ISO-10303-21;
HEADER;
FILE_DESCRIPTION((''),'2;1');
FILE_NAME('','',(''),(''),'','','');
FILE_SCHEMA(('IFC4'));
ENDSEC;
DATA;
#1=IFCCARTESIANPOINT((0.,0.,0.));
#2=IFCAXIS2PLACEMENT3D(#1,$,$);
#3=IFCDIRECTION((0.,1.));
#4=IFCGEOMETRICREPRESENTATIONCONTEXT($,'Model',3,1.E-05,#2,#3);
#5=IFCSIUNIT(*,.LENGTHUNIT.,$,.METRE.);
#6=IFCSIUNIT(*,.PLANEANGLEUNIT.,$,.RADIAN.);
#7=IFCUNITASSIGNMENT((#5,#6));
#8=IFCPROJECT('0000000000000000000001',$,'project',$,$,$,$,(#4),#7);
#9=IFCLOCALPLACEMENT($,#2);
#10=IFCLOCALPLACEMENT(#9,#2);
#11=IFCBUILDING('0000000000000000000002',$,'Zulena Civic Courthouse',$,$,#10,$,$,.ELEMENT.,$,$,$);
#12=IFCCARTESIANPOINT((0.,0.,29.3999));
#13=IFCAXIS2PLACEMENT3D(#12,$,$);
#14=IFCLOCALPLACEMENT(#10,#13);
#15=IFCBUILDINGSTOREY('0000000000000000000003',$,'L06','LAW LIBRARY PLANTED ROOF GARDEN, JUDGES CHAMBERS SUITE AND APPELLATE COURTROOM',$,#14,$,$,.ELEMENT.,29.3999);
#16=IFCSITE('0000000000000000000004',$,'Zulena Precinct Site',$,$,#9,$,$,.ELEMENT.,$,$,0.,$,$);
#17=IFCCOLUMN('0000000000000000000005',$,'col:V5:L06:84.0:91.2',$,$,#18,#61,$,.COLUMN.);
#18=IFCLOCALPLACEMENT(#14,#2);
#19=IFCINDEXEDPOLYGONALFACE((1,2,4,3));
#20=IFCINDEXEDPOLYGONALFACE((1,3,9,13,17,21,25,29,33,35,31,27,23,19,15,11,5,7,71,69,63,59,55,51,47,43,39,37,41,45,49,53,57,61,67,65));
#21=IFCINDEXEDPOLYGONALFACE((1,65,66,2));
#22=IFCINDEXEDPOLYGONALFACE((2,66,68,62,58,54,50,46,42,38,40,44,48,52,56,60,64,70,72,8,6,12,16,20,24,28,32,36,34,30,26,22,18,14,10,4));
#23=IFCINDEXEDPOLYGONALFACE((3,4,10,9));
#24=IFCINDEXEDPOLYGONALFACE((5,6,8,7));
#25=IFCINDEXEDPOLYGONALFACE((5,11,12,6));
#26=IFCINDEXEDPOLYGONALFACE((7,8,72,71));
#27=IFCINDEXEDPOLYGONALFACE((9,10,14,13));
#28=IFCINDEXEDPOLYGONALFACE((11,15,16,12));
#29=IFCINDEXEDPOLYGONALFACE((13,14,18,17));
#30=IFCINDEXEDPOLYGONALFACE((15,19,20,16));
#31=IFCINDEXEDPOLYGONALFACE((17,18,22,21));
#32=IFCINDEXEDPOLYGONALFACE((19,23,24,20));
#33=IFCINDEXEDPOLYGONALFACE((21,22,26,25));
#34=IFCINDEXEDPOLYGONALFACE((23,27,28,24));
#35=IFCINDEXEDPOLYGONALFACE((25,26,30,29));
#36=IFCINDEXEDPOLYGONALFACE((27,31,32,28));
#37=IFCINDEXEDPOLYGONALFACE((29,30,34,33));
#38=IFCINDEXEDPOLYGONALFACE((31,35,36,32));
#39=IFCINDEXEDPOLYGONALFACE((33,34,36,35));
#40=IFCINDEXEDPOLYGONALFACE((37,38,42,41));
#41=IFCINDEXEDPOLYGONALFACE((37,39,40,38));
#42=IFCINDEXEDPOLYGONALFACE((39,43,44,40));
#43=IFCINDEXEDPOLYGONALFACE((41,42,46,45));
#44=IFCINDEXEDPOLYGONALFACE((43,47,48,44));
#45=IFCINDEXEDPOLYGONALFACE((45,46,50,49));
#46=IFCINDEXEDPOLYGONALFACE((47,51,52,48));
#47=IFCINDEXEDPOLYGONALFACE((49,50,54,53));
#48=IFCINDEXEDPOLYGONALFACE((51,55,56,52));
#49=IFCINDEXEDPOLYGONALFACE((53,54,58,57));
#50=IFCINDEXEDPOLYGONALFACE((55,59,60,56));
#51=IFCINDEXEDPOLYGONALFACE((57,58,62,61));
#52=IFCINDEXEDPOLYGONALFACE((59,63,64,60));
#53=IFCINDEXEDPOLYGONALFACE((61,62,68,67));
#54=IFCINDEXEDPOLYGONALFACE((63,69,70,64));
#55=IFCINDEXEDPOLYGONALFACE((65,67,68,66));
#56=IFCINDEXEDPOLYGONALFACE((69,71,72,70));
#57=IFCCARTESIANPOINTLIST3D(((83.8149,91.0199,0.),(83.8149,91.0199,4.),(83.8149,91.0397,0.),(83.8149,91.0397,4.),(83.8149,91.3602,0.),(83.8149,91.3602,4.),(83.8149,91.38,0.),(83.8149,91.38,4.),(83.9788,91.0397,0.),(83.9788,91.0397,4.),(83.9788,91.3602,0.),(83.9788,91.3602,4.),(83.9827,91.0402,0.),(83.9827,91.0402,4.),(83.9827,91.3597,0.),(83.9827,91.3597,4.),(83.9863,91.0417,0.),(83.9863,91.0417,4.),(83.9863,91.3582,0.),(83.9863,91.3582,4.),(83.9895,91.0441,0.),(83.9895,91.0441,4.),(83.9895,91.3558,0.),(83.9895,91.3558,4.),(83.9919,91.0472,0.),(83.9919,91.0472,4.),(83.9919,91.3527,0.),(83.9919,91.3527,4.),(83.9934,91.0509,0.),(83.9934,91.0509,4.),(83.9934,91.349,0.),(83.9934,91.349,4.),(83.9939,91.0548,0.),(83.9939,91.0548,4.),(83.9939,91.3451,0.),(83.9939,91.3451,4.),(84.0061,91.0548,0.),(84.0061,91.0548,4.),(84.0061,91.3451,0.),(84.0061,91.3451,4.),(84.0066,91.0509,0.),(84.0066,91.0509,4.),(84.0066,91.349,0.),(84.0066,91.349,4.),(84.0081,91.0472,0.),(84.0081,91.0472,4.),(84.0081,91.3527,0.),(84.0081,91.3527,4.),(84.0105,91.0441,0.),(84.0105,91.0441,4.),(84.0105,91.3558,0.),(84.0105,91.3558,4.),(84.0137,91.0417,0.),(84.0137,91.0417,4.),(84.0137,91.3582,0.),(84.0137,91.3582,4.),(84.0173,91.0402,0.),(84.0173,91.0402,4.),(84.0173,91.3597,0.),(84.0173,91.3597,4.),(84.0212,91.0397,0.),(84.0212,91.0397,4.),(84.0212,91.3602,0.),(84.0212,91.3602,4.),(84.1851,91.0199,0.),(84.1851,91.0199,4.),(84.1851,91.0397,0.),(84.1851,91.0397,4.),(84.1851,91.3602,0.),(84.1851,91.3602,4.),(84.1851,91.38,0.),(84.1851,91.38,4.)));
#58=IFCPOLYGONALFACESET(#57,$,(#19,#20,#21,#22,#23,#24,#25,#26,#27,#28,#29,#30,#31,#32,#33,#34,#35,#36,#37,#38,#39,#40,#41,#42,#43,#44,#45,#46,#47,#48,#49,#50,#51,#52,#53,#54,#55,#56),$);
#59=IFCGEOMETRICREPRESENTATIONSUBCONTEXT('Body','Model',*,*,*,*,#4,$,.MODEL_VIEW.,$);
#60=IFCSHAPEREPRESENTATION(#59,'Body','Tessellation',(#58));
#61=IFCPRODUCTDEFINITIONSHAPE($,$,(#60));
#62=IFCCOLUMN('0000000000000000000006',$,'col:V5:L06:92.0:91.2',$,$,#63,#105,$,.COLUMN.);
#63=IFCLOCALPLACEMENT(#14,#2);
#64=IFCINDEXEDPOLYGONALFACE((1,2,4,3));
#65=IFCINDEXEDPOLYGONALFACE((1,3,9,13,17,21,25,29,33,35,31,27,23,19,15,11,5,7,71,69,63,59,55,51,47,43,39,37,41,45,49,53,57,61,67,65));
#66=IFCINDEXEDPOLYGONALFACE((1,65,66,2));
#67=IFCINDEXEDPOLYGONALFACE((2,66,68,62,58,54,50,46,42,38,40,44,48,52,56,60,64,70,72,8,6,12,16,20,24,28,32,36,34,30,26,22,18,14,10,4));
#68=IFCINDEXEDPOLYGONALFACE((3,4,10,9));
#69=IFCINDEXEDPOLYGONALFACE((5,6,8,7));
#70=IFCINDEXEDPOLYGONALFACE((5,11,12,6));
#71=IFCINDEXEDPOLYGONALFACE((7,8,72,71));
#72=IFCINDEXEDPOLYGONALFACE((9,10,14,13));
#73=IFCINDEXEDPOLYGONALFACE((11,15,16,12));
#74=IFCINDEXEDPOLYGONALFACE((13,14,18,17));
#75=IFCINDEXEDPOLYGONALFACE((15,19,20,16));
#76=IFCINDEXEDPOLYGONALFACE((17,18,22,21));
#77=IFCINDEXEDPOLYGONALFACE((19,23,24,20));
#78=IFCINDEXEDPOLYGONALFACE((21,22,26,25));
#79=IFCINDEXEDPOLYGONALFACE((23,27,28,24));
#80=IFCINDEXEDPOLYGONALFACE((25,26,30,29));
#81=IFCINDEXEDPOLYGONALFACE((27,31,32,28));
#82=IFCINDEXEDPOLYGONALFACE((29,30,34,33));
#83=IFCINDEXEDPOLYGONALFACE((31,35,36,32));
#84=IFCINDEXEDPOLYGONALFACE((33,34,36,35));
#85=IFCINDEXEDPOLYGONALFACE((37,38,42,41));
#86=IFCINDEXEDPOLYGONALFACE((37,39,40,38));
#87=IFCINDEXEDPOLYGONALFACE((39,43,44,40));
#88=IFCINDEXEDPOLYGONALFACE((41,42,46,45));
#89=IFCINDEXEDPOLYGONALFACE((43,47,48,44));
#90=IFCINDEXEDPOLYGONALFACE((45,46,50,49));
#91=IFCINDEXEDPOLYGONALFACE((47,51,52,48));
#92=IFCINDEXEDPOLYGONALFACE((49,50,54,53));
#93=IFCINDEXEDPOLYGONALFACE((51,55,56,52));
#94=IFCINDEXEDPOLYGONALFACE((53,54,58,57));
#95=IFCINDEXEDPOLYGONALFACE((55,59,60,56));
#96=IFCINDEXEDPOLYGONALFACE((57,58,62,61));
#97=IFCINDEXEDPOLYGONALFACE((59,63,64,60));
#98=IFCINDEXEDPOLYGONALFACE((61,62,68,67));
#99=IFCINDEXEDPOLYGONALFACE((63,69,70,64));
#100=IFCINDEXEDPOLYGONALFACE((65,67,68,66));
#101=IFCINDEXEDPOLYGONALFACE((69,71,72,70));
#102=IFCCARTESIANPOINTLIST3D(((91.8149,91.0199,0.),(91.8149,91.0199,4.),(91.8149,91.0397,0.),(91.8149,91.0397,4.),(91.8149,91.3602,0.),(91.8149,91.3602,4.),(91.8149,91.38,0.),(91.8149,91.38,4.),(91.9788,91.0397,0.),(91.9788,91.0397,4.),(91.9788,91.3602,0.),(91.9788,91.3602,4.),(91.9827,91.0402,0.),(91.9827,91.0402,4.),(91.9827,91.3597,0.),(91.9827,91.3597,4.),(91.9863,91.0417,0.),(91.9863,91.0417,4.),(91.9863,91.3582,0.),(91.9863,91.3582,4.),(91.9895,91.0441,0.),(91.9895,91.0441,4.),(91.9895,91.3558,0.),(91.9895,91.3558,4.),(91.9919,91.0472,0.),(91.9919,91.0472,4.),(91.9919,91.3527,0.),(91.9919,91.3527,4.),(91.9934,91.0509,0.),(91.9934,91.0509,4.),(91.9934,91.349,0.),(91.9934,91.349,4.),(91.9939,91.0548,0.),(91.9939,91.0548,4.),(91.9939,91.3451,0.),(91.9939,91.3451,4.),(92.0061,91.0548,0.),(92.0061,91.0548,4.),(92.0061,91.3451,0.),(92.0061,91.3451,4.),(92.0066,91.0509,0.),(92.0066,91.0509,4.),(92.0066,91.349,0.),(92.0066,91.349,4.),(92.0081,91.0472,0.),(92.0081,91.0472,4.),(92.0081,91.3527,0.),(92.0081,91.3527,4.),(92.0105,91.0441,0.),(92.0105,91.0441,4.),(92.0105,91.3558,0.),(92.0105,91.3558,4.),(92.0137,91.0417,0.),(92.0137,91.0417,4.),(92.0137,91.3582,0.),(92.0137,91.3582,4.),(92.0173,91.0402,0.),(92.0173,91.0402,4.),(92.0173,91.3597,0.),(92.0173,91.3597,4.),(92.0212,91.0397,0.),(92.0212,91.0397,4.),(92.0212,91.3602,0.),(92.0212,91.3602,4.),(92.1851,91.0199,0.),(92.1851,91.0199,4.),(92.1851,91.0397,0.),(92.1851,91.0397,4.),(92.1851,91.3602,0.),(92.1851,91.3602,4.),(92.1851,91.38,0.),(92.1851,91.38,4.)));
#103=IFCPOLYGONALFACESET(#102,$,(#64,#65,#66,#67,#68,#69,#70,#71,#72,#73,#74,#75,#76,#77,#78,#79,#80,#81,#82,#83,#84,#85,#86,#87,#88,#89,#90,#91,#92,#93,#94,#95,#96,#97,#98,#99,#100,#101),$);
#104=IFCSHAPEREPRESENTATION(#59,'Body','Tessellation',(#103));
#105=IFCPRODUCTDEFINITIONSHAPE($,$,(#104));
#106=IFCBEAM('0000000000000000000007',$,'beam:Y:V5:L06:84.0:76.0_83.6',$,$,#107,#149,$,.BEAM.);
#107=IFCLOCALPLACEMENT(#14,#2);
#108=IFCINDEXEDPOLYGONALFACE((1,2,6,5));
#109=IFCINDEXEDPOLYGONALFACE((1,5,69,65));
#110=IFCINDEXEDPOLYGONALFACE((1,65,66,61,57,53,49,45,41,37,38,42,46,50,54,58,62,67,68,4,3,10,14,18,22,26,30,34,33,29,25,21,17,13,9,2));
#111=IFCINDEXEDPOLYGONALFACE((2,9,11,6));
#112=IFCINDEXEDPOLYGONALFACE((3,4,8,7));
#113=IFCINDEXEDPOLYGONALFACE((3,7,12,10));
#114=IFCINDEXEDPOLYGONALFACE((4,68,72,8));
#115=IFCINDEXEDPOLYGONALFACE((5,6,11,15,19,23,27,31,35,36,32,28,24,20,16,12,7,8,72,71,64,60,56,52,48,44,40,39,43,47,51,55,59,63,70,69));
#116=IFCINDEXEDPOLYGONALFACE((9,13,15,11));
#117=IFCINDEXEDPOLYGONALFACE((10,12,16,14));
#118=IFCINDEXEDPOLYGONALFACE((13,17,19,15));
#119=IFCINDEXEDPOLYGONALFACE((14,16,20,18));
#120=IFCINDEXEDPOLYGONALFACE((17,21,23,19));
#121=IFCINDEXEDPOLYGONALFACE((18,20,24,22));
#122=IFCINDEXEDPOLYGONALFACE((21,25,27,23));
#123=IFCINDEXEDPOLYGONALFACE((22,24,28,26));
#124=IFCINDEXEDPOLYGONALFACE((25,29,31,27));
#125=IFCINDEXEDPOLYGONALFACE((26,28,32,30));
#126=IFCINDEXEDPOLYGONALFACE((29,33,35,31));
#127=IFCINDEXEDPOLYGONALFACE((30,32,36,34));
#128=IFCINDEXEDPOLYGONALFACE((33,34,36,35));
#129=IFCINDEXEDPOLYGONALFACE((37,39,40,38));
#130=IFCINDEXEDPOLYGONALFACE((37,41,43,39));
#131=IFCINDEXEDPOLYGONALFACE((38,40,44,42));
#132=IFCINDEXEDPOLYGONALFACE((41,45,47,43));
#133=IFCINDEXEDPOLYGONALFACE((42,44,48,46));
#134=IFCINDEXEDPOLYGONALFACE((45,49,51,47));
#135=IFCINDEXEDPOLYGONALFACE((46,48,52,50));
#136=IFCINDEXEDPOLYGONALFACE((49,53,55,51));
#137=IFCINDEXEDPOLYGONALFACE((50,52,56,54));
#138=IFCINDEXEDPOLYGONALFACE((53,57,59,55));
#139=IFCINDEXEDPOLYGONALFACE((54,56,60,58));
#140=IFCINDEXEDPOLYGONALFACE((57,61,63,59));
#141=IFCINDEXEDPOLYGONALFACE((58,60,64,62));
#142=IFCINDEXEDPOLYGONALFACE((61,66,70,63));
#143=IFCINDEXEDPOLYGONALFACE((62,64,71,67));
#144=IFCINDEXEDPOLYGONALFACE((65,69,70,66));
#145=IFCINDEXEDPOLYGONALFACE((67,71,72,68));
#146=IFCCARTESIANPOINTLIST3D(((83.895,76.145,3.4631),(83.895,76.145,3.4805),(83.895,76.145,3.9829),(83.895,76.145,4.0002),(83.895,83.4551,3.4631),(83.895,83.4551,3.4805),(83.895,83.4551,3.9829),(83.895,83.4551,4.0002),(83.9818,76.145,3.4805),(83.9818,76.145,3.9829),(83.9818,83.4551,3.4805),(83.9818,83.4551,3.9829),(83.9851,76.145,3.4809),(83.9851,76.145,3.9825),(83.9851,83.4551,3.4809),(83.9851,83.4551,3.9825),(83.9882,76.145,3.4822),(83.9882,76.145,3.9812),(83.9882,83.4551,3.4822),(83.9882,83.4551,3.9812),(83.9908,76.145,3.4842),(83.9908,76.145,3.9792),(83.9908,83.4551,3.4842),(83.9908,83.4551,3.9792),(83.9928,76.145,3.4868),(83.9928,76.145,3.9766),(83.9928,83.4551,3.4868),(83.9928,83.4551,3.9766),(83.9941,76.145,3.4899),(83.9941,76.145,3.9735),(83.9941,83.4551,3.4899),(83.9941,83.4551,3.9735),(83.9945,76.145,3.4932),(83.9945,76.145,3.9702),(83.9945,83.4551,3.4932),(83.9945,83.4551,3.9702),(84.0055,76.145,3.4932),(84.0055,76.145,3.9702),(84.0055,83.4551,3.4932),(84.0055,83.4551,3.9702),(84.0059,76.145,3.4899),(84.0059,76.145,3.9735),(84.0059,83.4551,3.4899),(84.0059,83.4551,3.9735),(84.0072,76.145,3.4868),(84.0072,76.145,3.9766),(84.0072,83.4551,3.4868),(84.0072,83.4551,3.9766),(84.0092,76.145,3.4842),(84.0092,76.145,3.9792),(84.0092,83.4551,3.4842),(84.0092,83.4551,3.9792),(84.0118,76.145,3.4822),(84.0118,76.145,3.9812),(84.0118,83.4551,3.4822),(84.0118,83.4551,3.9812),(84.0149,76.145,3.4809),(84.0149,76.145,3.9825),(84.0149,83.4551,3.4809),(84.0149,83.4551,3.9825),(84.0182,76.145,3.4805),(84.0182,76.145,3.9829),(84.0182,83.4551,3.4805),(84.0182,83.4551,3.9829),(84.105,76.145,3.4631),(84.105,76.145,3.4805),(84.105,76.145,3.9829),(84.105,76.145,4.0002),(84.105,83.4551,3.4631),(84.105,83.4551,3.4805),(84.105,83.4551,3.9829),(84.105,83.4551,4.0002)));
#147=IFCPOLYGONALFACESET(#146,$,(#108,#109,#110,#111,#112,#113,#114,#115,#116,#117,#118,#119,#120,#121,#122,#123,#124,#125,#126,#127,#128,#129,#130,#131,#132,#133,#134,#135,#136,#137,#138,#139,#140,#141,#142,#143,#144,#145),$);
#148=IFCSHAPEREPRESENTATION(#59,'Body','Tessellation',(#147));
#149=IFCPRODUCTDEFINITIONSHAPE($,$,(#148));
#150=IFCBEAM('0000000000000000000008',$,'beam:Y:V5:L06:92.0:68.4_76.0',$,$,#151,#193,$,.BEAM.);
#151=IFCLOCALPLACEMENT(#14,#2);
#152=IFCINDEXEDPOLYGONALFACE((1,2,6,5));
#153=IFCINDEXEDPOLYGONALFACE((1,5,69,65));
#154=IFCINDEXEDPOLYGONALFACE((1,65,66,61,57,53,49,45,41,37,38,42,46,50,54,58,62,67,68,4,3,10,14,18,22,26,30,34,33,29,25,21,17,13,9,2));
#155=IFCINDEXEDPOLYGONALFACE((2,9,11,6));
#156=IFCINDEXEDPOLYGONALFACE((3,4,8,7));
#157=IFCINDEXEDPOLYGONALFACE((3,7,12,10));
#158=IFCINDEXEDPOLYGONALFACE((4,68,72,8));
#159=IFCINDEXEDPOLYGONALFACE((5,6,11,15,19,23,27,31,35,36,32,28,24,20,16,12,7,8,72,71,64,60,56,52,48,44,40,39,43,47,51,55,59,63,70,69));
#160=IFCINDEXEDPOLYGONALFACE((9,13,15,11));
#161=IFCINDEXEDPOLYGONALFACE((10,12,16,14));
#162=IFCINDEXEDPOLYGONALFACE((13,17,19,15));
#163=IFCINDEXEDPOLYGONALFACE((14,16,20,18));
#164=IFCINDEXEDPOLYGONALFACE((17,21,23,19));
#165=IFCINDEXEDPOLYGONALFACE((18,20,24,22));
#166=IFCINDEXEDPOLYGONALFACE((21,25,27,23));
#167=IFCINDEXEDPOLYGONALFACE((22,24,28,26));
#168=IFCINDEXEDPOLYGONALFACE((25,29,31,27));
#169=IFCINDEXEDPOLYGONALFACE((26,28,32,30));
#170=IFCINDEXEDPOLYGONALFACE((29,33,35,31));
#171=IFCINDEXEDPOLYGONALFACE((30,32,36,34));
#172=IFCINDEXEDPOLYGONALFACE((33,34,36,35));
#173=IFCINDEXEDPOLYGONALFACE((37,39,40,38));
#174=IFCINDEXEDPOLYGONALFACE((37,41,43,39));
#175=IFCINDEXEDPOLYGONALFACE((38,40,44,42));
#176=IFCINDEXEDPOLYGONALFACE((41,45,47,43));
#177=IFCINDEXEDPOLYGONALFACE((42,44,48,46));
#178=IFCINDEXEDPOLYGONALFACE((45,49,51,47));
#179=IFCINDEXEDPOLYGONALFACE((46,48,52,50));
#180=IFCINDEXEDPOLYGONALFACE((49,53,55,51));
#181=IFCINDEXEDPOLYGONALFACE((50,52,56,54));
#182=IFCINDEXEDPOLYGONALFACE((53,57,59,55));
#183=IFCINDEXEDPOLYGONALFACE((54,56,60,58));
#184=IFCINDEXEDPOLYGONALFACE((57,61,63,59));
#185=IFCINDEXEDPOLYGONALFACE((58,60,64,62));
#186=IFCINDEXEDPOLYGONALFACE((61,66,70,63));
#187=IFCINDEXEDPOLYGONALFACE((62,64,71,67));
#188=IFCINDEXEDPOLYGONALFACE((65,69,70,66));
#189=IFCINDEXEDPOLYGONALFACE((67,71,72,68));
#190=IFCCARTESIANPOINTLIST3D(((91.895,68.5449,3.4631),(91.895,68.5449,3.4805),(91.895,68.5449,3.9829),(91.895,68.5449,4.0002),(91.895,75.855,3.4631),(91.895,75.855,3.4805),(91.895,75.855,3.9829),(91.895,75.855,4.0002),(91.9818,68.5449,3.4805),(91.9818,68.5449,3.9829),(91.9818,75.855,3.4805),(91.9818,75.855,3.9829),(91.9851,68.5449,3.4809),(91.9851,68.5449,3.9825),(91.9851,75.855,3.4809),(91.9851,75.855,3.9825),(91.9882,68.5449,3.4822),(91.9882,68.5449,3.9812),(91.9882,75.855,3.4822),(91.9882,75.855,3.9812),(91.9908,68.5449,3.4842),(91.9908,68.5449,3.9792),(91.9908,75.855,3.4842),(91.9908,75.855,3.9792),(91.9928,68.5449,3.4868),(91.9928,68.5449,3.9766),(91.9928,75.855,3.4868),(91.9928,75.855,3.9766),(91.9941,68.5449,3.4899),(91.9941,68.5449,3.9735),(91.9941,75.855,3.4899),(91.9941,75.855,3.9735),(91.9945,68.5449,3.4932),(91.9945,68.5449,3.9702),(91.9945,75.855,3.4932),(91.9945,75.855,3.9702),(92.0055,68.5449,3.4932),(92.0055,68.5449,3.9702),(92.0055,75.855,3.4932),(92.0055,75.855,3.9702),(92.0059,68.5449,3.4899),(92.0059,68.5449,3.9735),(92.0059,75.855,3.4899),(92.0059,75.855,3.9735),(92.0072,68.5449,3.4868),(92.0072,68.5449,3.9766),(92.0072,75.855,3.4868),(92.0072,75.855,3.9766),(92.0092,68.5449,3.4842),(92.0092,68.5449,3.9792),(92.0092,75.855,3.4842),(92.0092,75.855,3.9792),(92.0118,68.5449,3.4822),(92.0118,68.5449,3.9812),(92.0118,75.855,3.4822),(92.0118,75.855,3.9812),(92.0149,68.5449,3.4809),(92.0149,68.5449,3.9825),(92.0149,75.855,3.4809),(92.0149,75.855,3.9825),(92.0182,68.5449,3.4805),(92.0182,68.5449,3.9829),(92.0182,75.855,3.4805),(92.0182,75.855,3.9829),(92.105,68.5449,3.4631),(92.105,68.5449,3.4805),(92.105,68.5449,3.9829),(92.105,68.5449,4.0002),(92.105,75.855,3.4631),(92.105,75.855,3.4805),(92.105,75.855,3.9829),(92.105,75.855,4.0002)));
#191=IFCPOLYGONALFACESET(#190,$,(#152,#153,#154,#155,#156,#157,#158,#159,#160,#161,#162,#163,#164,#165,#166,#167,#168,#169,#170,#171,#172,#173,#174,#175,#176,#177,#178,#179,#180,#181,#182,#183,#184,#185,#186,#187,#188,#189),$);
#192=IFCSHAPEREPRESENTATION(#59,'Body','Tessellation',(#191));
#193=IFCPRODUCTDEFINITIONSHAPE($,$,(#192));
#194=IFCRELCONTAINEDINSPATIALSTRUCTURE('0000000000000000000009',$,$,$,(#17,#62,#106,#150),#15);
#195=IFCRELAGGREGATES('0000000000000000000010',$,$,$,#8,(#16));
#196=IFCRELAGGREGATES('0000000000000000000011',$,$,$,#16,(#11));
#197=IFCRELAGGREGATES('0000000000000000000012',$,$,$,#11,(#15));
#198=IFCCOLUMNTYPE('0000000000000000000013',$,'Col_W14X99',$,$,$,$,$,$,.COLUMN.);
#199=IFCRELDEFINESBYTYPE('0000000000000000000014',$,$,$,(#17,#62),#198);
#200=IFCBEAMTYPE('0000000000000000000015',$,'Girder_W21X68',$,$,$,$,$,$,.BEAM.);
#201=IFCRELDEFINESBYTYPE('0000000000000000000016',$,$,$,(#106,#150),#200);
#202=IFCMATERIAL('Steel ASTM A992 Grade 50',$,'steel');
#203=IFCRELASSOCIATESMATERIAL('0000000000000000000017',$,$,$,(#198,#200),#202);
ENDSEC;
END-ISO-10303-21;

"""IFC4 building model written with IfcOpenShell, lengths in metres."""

from ifc_helpers import new_model, si_unit, direction, frame, origin, origin_2d, place, context, subcontext, project, spatial, i_section, extrude, material, material_profile, profile_set, type_object, element, save


model = new_model("IFC4")

# Units and contexts
model_context = context("Model", 3, precision=1e-05, world=origin(), true_north=direction((0.0, 1.0)))
body_context = subcontext(model_context, "Body", "Model", "MODEL_VIEW")
ifc_project = project(units=[si_unit("LENGTHUNIT", "METRE"), si_unit("PLANEANGLEUNIT", "RADIAN")], contexts=[model_context])

# Site, building, storey
site_placement = place(None, origin())
site = spatial("IfcSite", under=ifc_project, at=site_placement, Name="Zulena Precinct Site", CompositionType="ELEMENT", RefElevation=0.0)
building_placement = place(site_placement, origin())
building = spatial("IfcBuilding", under=site, at=building_placement, Name="Zulena Civic Courthouse", CompositionType="ELEMENT")
storey_placement = place(building_placement, frame((0.0, 0.0, 29.3999)))
storey = spatial("IfcBuildingStorey", under=building, at=storey_placement, Name="L06", Description="LAW LIBRARY PLANTED ROOF GARDEN, JUDGES CHAMBERS SUITE AND APPELLATE COURTROOM", CompositionType="ELEMENT", Elevation=29.3999)

# Columns
ifc_material_1 = material(Name="Steel ASTM A992 Grade 50", Category="steel")
ifc_material_profile_1 = material_profile(ifc_material_1, i_section(OverallWidth=0.3701, OverallDepth=0.3601, WebThickness=0.0122, FlangeThickness=0.0198, FilletRadius=0.0151, at=origin_2d()), Name="W14X99")
ifc_profile_set_1 = profile_set([ifc_material_profile_1], Name="Steel ASTM A992 Grade 50")
column_type_1 = type_object("IfcColumnType", Name="Col_W14X99", PredefinedType="COLUMN", material=ifc_profile_set_1)
for number, where, z_axis, x_axis, name in (
    (1, (84.0, 91.2, 0.0), (0.0, 0.0, 1.0), (1.0, 0.0, 0.0), "col:V5:L06:84.0:91.2"),
    (2, (92.0, 91.2, 0.0), (0.0, 0.0, 1.0), (1.0, 0.0, 0.0), "col:V5:L06:92.0:91.2"),
):
    element("IfcColumn", number, at=place(storey_placement, frame(where, z_axis=z_axis, x_axis=x_axis)), inside=storey, type_object=column_type_1, Name=name, PredefinedType="COLUMN", context=body_context, shape_type="SweptSolid", body=[
        extrude(i_section(OverallWidth=0.3701, OverallDepth=0.3601, WebThickness=0.0122, FlangeThickness=0.0198, FilletRadius=0.0151, at=origin_2d()), origin(), (0.0, 0.0, 1.0), 4.0),
    ])

# Beams
ifc_material_profile_2 = material_profile(ifc_material_1, i_section(OverallWidth=0.21, OverallDepth=0.5371, WebThickness=0.011, FlangeThickness=0.0173, FilletRadius=0.0127, at=origin_2d()), Name="W21X68")
ifc_profile_set_2 = profile_set([ifc_material_profile_2], Name="Steel ASTM A992 Grade 50")
beam_type_1 = type_object("IfcBeamType", Name="Girder_W21X68", PredefinedType="BEAM", material=ifc_profile_set_2)
for number, where, z_axis, x_axis, name in (
    (3, (84.0, 76.145, 3.7317), (0.0, 1.0, 0.0), (-1.0, 0.0, 0.0), "beam:Y:V5:L06:84.0:76.0_83.6"),
    (4, (92.0, 68.5449, 3.7317), (0.0, 1.0, 0.0), (-1.0, 0.0, 0.0), "beam:Y:V5:L06:92.0:68.4_76.0"),
):
    element("IfcBeam", number, at=place(storey_placement, frame(where, z_axis=z_axis, x_axis=x_axis)), inside=storey, type_object=beam_type_1, Name=name, PredefinedType="BEAM", context=body_context, shape_type="SweptSolid", body=[
        extrude(i_section(OverallWidth=0.21, OverallDepth=0.5371, WebThickness=0.011, FlangeThickness=0.0173, FilletRadius=0.0127, at=origin_2d()), origin(), (0.0, 0.0, 1.0), 7.3101),
    ])

save(model, "model.ifc")
